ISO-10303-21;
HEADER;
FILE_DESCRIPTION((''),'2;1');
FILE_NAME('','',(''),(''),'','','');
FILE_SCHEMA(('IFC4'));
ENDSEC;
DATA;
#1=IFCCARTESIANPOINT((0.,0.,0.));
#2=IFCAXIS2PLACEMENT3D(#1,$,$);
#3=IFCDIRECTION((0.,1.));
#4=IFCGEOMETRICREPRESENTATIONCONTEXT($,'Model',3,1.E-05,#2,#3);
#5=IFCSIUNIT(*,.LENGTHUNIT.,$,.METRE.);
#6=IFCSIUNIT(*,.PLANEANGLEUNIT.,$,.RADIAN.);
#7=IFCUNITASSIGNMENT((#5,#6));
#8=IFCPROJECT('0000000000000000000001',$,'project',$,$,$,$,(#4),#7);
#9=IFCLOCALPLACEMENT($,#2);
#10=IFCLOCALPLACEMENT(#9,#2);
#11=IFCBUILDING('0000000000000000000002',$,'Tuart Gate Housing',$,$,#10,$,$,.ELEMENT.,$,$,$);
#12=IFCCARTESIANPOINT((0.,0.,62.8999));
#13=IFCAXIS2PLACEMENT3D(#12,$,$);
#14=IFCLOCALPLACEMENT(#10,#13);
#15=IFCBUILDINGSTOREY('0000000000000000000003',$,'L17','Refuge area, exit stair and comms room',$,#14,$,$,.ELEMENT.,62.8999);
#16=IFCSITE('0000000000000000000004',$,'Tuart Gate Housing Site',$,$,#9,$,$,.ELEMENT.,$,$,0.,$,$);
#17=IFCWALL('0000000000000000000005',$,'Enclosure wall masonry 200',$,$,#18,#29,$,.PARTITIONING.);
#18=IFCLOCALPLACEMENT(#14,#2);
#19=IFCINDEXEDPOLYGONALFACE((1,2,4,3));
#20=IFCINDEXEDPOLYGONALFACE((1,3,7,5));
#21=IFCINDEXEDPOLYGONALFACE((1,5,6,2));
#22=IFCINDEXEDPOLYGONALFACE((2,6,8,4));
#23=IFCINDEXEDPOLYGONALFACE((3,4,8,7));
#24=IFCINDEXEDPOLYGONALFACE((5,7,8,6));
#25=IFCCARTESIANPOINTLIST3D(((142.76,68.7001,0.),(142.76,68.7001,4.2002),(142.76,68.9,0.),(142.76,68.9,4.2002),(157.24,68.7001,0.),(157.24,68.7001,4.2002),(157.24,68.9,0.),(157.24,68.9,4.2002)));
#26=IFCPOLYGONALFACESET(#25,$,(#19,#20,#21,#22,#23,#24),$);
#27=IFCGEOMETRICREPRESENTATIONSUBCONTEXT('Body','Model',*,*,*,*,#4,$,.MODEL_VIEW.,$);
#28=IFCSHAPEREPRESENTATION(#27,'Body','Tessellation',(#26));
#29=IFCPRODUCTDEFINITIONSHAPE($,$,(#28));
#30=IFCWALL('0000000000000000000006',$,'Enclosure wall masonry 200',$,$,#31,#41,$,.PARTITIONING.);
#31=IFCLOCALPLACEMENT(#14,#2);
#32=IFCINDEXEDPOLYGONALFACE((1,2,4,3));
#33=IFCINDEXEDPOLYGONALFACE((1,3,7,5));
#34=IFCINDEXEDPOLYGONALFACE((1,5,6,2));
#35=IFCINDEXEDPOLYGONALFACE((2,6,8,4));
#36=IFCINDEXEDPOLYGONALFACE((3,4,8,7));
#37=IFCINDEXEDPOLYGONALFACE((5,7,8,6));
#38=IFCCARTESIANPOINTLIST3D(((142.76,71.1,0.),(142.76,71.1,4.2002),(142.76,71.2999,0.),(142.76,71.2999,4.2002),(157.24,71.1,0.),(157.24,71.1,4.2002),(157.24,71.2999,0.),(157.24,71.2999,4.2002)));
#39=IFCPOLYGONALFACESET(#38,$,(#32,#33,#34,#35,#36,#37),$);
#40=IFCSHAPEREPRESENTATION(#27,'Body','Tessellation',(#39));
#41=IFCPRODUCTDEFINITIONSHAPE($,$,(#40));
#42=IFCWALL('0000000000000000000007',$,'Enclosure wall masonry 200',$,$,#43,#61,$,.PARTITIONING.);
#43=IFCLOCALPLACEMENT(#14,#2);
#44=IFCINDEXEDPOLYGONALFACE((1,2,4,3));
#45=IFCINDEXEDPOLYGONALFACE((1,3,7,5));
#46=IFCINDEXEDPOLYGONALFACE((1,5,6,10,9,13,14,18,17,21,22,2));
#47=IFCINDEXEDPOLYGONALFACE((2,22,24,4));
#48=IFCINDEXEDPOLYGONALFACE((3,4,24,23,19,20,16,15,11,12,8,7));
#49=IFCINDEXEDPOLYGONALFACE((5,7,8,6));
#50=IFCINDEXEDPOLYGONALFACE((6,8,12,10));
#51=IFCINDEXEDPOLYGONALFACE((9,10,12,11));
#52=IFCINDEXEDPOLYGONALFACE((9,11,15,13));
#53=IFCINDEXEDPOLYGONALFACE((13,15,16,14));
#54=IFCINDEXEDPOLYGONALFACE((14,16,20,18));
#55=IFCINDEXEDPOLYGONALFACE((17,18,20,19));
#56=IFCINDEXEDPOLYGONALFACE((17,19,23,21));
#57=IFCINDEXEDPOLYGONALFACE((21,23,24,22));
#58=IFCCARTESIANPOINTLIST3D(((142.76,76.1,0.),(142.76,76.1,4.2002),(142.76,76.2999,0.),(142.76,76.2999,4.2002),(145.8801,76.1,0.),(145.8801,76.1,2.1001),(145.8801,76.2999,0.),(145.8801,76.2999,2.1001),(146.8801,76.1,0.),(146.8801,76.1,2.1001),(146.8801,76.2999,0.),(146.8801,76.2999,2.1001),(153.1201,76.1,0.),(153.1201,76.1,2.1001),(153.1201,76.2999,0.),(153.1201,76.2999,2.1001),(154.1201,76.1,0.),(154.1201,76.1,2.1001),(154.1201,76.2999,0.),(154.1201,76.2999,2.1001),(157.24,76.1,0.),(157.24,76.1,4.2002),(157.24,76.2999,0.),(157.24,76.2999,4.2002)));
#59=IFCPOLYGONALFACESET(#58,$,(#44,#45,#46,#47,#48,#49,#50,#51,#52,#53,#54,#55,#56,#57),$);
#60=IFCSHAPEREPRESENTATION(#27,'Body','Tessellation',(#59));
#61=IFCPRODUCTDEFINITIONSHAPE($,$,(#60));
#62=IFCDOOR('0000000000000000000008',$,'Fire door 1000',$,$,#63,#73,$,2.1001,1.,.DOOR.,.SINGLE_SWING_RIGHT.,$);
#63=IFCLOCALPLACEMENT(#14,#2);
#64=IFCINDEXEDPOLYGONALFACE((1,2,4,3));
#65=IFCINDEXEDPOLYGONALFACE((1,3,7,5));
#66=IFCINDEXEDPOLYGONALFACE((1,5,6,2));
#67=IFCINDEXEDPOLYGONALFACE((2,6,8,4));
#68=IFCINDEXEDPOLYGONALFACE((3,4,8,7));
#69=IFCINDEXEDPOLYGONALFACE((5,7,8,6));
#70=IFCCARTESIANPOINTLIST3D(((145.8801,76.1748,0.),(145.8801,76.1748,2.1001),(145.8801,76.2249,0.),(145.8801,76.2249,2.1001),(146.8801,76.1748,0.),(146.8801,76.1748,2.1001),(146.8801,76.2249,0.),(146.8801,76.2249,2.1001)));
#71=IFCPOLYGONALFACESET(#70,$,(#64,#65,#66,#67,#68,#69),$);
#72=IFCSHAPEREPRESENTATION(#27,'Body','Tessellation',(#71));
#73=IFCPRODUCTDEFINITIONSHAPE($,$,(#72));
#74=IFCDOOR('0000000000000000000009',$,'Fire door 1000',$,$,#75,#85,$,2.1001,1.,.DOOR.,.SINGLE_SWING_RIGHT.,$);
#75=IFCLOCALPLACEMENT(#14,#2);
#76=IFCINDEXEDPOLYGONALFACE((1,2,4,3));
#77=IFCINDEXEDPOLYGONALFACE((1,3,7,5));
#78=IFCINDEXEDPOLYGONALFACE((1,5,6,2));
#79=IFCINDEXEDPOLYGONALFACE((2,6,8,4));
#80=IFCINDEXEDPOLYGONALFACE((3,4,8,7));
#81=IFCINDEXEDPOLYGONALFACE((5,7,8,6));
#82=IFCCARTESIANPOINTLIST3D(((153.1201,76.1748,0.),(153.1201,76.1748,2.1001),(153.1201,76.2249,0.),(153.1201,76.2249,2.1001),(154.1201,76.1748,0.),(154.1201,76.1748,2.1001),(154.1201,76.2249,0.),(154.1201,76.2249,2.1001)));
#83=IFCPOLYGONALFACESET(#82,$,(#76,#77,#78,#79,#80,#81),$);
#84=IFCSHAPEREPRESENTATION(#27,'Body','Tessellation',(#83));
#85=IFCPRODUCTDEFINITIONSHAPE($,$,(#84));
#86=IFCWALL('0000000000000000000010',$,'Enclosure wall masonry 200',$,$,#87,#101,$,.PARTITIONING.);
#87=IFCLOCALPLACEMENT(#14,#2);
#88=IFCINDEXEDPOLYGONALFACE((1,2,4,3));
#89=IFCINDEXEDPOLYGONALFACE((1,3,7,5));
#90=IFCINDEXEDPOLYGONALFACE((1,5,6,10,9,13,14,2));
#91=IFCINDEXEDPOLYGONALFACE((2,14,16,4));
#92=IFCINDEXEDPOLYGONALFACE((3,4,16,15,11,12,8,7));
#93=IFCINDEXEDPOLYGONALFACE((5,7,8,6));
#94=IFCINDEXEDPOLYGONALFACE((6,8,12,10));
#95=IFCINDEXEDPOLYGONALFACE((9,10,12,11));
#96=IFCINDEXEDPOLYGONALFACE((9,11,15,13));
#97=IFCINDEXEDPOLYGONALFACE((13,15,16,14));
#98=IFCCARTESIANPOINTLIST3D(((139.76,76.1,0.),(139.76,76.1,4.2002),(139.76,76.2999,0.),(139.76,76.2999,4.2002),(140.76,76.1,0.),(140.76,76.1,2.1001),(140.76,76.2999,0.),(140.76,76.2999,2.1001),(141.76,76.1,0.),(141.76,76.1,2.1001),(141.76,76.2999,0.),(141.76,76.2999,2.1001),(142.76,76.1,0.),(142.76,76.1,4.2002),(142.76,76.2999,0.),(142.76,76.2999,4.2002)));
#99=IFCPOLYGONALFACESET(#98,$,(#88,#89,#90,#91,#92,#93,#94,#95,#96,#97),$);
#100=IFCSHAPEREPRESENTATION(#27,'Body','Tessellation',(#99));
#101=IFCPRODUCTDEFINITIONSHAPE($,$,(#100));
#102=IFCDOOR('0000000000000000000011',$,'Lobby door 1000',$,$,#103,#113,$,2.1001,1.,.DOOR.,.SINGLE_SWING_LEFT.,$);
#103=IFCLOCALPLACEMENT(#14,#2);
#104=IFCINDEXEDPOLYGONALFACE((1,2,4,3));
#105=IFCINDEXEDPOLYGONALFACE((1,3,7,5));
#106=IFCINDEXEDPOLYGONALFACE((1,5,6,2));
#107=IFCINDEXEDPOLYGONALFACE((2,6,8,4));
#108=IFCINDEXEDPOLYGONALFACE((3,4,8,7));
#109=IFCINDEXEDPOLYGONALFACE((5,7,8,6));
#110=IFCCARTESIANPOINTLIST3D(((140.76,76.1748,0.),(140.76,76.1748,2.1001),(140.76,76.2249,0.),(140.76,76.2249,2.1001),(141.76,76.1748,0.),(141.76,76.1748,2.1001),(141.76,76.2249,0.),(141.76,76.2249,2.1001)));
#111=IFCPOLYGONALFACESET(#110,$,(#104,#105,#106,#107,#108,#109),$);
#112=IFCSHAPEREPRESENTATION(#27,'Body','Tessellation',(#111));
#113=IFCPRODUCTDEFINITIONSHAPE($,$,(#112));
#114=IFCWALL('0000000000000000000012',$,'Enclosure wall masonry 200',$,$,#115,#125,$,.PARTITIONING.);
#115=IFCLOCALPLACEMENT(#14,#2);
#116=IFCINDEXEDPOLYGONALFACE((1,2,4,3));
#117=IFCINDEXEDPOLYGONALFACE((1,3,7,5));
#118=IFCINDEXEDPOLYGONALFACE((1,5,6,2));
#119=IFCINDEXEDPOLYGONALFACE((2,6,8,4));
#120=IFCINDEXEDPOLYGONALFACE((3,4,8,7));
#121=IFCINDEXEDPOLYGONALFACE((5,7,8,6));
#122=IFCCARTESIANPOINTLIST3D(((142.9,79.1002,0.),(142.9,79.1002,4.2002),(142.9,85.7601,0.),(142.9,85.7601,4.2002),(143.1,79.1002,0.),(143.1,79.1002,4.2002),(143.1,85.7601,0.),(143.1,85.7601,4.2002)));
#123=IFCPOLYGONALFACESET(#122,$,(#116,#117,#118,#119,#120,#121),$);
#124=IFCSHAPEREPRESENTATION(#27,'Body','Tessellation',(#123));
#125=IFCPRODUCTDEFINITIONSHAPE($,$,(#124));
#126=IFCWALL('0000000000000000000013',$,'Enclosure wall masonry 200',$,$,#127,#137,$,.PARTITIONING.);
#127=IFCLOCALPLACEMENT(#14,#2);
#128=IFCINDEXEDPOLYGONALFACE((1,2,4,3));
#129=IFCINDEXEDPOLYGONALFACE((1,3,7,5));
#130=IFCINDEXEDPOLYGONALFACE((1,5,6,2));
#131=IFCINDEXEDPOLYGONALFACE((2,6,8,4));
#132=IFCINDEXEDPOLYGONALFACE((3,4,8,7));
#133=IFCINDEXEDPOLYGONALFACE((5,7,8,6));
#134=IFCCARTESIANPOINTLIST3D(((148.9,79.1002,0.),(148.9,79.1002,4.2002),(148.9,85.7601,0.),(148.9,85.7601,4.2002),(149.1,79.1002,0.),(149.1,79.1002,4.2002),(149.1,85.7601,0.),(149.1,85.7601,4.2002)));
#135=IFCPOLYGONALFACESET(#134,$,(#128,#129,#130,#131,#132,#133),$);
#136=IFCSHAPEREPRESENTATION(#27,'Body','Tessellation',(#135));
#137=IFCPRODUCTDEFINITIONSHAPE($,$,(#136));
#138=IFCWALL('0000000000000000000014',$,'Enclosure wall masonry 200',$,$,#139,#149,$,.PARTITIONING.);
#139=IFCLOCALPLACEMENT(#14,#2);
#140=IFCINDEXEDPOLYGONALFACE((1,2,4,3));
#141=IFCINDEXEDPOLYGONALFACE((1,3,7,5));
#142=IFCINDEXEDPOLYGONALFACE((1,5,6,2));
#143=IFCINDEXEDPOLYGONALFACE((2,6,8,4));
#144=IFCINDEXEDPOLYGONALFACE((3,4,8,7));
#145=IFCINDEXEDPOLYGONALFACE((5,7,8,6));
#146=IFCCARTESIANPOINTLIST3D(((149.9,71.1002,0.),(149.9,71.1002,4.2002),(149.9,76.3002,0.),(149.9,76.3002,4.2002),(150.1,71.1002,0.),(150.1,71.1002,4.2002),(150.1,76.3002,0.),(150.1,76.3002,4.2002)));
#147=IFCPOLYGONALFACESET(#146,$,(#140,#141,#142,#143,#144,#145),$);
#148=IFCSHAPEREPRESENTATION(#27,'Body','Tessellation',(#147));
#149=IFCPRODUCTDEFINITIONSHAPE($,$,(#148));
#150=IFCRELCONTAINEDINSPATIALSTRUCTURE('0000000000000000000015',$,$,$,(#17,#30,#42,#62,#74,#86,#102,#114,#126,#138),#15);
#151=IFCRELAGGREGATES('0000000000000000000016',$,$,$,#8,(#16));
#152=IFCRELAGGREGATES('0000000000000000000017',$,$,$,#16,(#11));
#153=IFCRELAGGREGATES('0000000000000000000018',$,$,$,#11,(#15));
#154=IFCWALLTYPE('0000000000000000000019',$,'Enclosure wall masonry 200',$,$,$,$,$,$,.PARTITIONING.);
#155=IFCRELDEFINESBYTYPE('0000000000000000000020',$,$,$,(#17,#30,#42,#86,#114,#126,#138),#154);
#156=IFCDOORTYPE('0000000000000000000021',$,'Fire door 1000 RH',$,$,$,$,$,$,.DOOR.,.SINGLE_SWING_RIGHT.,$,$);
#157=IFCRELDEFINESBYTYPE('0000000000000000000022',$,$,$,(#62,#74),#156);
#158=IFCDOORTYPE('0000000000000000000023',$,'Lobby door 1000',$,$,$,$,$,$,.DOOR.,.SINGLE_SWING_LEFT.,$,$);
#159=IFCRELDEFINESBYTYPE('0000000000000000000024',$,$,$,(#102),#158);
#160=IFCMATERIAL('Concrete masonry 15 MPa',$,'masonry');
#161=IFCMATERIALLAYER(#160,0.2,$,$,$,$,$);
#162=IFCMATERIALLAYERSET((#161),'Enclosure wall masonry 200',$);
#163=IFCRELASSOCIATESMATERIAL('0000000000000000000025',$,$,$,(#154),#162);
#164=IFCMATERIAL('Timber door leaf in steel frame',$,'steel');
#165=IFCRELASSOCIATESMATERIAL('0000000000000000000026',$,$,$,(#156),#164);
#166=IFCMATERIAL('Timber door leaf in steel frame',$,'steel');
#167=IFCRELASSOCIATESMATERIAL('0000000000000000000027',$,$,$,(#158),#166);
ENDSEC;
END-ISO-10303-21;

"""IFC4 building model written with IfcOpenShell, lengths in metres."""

from ifc_helpers import new_model, si_unit, direction, frame, frame_2d, origin, place, context, subcontext, project, spatial, rectangle, extrude, material, layer, layer_set, type_object, element, fill, save


model = new_model("IFC4")

# Units and contexts
model_context = context("Model", 3, precision=1e-05, world=origin(), true_north=direction((0.0, 1.0)))
body_context = subcontext(model_context, "Body", "Model", "MODEL_VIEW")
ifc_project = project(units=[si_unit("LENGTHUNIT", "METRE"), si_unit("PLANEANGLEUNIT", "RADIAN")], contexts=[model_context])

# Site, building, storey
site_placement = place(None, origin())
site = spatial("IfcSite", under=ifc_project, at=site_placement, Name="Tuart Gate Housing Site", CompositionType="ELEMENT", RefElevation=0.0)
building_placement = place(site_placement, origin())
building = spatial("IfcBuilding", under=site, at=building_placement, Name="Tuart Gate Housing", CompositionType="ELEMENT")
storey_placement = place(building_placement, frame((0.0, 0.0, 62.8999)))
storey = spatial("IfcBuildingStorey", under=building, at=storey_placement, Name="L17", Description="Refuge area, exit stair and comms room", CompositionType="ELEMENT", Elevation=62.8999)

# Walls
ifc_material_1 = material(Name="Concrete masonry 15 MPa", Category="masonry")
ifc_layer_1 = layer(ifc_material_1, 0.2)
ifc_layer_set_1 = layer_set([ifc_layer_1], Name="Enclosure wall masonry 200")
wall_type_1 = type_object("IfcWallType", Name="Enclosure wall masonry 200", PredefinedType="PARTITIONING", material=ifc_layer_set_1)
for number, where, z_axis, x_axis, name in (
    (1, (142.76, 68.8, 0.0), (0.0, 0.0, 1.0), (1.0, 0.0, 0.0), "Enclosure wall masonry 200"),
    (2, (142.76, 71.2, 0.0), (0.0, 0.0, 1.0), (1.0, 0.0, 0.0), "Enclosure wall masonry 200"),
):
    element("IfcWall", number, at=place(storey_placement, frame(where, z_axis=z_axis, x_axis=x_axis)), inside=storey, type_object=wall_type_1, Name=name, PredefinedType="PARTITIONING", context=body_context, shape_type="SweptSolid", body=[
        extrude(rectangle(XDim=14.48, YDim=0.2, at=frame_2d((7.24, 0.0))), origin(), (0.0, 0.0, 1.0), 4.2002),
    ])

# Wall, openings, doors
wall_1_placement = place(storey_placement, frame((142.76, 76.2, 0.0), z_axis=(0.0, 0.0, 1.0), x_axis=(1.0, 0.0, 0.0)))
wall_1 = element("IfcWall", 3, at=wall_1_placement, inside=storey, type_object=wall_type_1, Name="Enclosure wall masonry 200", PredefinedType="PARTITIONING", context=body_context, shape_type="SweptSolid", body=[
    extrude(rectangle(XDim=14.48, YDim=0.2, at=frame_2d((7.24, 0.0))), origin(), (0.0, 0.0, 1.0), 4.2002),
])
opening_1_placement = place(wall_1_placement, frame((3.1201, 0.0, 0.0)))
opening_1 = element("IfcOpeningElement", 4, at=opening_1_placement, cuts=wall_1, PredefinedType="OPENING", context=body_context, shape_type="SweptSolid", body=[
    extrude(rectangle(XDim=1.0, YDim=2.1001, at=frame_2d((0.5, 1.05))), frame((0.0, 0.1099, 0.0), z_axis=(0.0, -1.0, 0.0), x_axis=(1.0, 0.0, 0.0)), (0.0, 0.0, 1.0), 0.22),
])
opening_2_placement = place(wall_1_placement, frame((10.3601, 0.0, 0.0)))
opening_2 = element("IfcOpeningElement", 5, at=opening_2_placement, cuts=wall_1, PredefinedType="OPENING", context=body_context, shape_type="SweptSolid", body=[
    extrude(rectangle(XDim=1.0, YDim=2.1001, at=frame_2d((0.5, 1.05))), frame((0.0, 0.1099, 0.0), z_axis=(0.0, -1.0, 0.0), x_axis=(1.0, 0.0, 0.0)), (0.0, 0.0, 1.0), 0.22),
])
ifc_material_2 = material(Name="Timber door leaf in steel frame", Category="steel")
door_type_1 = type_object("IfcDoorType", Name="Fire door 1000 RH", OperationType="SINGLE_SWING_RIGHT", PredefinedType="DOOR", material=ifc_material_2)
door_1_placement = place(opening_1_placement, frame((1.0, 0.0, 0.0), z_axis=(0.0, 0.0, 1.0), x_axis=(-1.0, 0.0, 0.0)))
door_1 = element("IfcDoor", 6, at=door_1_placement, inside=storey, type_object=door_type_1, Name="Fire door 1000", OperationType="SINGLE_SWING_RIGHT", OverallHeight=2.1001, OverallWidth=1.0, PredefinedType="DOOR", context=body_context, shape_type="SweptSolid", body=[
    extrude(rectangle(XDim=1.0, YDim=2.1001, at=frame_2d((0.5, 1.05))), frame((0.0, 0.0251, 0.0), z_axis=(0.0, -1.0, 0.0), x_axis=(1.0, 0.0, 0.0)), (0.0, 0.0, 1.0), 0.05),
])
fill(opening_1, door_1)
door_2_placement = place(opening_2_placement, frame((1.0, 0.0, 0.0), z_axis=(0.0, 0.0, 1.0), x_axis=(-1.0, 0.0, 0.0)))
door_2 = element("IfcDoor", 7, at=door_2_placement, inside=storey, type_object=door_type_1, Name="Fire door 1000", OperationType="SINGLE_SWING_RIGHT", OverallHeight=2.1001, OverallWidth=1.0, PredefinedType="DOOR", context=body_context, shape_type="SweptSolid", body=[
    extrude(rectangle(XDim=1.0, YDim=2.1001, at=frame_2d((0.5, 1.05))), frame((0.0, 0.0251, 0.0), z_axis=(0.0, -1.0, 0.0), x_axis=(1.0, 0.0, 0.0)), (0.0, 0.0, 1.0), 0.05),
])
fill(opening_2, door_2)

# Wall, opening, door
wall_2_placement = place(storey_placement, frame((139.76, 76.2, 0.0), z_axis=(0.0, 0.0, 1.0), x_axis=(1.0, 0.0, 0.0)))
wall_2 = element("IfcWall", 8, at=wall_2_placement, inside=storey, type_object=wall_type_1, Name="Enclosure wall masonry 200", PredefinedType="PARTITIONING", context=body_context, shape_type="SweptSolid", body=[
    extrude(rectangle(XDim=3.0, YDim=0.2, at=frame_2d((1.5, 0.0))), origin(), (0.0, 0.0, 1.0), 4.2002),
])
opening_3_placement = place(wall_2_placement, frame((1.0, 0.0, 0.0)))
opening_3 = element("IfcOpeningElement", 9, at=opening_3_placement, cuts=wall_2, PredefinedType="OPENING", context=body_context, shape_type="SweptSolid", body=[
    extrude(rectangle(XDim=1.0, YDim=2.1001, at=frame_2d((0.5, 1.05))), frame((0.0, 0.1099, 0.0), z_axis=(0.0, -1.0, 0.0), x_axis=(1.0, 0.0, 0.0)), (0.0, 0.0, 1.0), 0.22),
])
ifc_material_3 = material(Name="Timber door leaf in steel frame", Category="steel")
door_type_2 = type_object("IfcDoorType", Name="Lobby door 1000", OperationType="SINGLE_SWING_LEFT", PredefinedType="DOOR", material=ifc_material_3)
door_3_placement = place(opening_3_placement, frame((1.0, 0.0, 0.0), z_axis=(0.0, 0.0, 1.0), x_axis=(-1.0, 0.0, 0.0)))
door_3 = element("IfcDoor", 10, at=door_3_placement, inside=storey, type_object=door_type_2, Name="Lobby door 1000", OperationType="SINGLE_SWING_LEFT", OverallHeight=2.1001, OverallWidth=1.0, PredefinedType="DOOR", context=body_context, shape_type="SweptSolid", body=[
    extrude(rectangle(XDim=1.0, YDim=2.1001, at=frame_2d((0.5, 1.05))), frame((0.0, 0.0251, 0.0), z_axis=(0.0, -1.0, 0.0), x_axis=(1.0, 0.0, 0.0)), (0.0, 0.0, 1.0), 0.05),
])
fill(opening_3, door_3)

# Walls
for number, where, z_axis, x_axis, name in (
    (11, (143.0, 79.1001, 0.0), (0.0, 0.0, 1.0), (0.0, 1.0, 0.0), "Enclosure wall masonry 200"),
    (12, (149.0, 79.1001, 0.0), (0.0, 0.0, 1.0), (0.0, 1.0, 0.0), "Enclosure wall masonry 200"),
):
    element("IfcWall", number, at=place(storey_placement, frame(where, z_axis=z_axis, x_axis=x_axis)), inside=storey, type_object=wall_type_1, Name=name, PredefinedType="PARTITIONING", context=body_context, shape_type="SweptSolid", body=[
        extrude(rectangle(XDim=6.6599, YDim=0.2, at=frame_2d((3.3301, 0.0))), origin(), (0.0, 0.0, 1.0), 4.2002),
    ])
wall_3_placement = place(storey_placement, frame((150.0, 71.1001, 0.0), z_axis=(0.0, 0.0, 1.0), x_axis=(0.0, 1.0, 0.0)))
element("IfcWall", 13, at=wall_3_placement, inside=storey, type_object=wall_type_1, Name="Enclosure wall masonry 200", PredefinedType="PARTITIONING", context=body_context, shape_type="SweptSolid", body=[
    extrude(rectangle(XDim=5.2, YDim=0.2, at=frame_2d((2.6001, 0.0))), origin(), (0.0, 0.0, 1.0), 4.2002),
])

save(model, "model.ifc")
